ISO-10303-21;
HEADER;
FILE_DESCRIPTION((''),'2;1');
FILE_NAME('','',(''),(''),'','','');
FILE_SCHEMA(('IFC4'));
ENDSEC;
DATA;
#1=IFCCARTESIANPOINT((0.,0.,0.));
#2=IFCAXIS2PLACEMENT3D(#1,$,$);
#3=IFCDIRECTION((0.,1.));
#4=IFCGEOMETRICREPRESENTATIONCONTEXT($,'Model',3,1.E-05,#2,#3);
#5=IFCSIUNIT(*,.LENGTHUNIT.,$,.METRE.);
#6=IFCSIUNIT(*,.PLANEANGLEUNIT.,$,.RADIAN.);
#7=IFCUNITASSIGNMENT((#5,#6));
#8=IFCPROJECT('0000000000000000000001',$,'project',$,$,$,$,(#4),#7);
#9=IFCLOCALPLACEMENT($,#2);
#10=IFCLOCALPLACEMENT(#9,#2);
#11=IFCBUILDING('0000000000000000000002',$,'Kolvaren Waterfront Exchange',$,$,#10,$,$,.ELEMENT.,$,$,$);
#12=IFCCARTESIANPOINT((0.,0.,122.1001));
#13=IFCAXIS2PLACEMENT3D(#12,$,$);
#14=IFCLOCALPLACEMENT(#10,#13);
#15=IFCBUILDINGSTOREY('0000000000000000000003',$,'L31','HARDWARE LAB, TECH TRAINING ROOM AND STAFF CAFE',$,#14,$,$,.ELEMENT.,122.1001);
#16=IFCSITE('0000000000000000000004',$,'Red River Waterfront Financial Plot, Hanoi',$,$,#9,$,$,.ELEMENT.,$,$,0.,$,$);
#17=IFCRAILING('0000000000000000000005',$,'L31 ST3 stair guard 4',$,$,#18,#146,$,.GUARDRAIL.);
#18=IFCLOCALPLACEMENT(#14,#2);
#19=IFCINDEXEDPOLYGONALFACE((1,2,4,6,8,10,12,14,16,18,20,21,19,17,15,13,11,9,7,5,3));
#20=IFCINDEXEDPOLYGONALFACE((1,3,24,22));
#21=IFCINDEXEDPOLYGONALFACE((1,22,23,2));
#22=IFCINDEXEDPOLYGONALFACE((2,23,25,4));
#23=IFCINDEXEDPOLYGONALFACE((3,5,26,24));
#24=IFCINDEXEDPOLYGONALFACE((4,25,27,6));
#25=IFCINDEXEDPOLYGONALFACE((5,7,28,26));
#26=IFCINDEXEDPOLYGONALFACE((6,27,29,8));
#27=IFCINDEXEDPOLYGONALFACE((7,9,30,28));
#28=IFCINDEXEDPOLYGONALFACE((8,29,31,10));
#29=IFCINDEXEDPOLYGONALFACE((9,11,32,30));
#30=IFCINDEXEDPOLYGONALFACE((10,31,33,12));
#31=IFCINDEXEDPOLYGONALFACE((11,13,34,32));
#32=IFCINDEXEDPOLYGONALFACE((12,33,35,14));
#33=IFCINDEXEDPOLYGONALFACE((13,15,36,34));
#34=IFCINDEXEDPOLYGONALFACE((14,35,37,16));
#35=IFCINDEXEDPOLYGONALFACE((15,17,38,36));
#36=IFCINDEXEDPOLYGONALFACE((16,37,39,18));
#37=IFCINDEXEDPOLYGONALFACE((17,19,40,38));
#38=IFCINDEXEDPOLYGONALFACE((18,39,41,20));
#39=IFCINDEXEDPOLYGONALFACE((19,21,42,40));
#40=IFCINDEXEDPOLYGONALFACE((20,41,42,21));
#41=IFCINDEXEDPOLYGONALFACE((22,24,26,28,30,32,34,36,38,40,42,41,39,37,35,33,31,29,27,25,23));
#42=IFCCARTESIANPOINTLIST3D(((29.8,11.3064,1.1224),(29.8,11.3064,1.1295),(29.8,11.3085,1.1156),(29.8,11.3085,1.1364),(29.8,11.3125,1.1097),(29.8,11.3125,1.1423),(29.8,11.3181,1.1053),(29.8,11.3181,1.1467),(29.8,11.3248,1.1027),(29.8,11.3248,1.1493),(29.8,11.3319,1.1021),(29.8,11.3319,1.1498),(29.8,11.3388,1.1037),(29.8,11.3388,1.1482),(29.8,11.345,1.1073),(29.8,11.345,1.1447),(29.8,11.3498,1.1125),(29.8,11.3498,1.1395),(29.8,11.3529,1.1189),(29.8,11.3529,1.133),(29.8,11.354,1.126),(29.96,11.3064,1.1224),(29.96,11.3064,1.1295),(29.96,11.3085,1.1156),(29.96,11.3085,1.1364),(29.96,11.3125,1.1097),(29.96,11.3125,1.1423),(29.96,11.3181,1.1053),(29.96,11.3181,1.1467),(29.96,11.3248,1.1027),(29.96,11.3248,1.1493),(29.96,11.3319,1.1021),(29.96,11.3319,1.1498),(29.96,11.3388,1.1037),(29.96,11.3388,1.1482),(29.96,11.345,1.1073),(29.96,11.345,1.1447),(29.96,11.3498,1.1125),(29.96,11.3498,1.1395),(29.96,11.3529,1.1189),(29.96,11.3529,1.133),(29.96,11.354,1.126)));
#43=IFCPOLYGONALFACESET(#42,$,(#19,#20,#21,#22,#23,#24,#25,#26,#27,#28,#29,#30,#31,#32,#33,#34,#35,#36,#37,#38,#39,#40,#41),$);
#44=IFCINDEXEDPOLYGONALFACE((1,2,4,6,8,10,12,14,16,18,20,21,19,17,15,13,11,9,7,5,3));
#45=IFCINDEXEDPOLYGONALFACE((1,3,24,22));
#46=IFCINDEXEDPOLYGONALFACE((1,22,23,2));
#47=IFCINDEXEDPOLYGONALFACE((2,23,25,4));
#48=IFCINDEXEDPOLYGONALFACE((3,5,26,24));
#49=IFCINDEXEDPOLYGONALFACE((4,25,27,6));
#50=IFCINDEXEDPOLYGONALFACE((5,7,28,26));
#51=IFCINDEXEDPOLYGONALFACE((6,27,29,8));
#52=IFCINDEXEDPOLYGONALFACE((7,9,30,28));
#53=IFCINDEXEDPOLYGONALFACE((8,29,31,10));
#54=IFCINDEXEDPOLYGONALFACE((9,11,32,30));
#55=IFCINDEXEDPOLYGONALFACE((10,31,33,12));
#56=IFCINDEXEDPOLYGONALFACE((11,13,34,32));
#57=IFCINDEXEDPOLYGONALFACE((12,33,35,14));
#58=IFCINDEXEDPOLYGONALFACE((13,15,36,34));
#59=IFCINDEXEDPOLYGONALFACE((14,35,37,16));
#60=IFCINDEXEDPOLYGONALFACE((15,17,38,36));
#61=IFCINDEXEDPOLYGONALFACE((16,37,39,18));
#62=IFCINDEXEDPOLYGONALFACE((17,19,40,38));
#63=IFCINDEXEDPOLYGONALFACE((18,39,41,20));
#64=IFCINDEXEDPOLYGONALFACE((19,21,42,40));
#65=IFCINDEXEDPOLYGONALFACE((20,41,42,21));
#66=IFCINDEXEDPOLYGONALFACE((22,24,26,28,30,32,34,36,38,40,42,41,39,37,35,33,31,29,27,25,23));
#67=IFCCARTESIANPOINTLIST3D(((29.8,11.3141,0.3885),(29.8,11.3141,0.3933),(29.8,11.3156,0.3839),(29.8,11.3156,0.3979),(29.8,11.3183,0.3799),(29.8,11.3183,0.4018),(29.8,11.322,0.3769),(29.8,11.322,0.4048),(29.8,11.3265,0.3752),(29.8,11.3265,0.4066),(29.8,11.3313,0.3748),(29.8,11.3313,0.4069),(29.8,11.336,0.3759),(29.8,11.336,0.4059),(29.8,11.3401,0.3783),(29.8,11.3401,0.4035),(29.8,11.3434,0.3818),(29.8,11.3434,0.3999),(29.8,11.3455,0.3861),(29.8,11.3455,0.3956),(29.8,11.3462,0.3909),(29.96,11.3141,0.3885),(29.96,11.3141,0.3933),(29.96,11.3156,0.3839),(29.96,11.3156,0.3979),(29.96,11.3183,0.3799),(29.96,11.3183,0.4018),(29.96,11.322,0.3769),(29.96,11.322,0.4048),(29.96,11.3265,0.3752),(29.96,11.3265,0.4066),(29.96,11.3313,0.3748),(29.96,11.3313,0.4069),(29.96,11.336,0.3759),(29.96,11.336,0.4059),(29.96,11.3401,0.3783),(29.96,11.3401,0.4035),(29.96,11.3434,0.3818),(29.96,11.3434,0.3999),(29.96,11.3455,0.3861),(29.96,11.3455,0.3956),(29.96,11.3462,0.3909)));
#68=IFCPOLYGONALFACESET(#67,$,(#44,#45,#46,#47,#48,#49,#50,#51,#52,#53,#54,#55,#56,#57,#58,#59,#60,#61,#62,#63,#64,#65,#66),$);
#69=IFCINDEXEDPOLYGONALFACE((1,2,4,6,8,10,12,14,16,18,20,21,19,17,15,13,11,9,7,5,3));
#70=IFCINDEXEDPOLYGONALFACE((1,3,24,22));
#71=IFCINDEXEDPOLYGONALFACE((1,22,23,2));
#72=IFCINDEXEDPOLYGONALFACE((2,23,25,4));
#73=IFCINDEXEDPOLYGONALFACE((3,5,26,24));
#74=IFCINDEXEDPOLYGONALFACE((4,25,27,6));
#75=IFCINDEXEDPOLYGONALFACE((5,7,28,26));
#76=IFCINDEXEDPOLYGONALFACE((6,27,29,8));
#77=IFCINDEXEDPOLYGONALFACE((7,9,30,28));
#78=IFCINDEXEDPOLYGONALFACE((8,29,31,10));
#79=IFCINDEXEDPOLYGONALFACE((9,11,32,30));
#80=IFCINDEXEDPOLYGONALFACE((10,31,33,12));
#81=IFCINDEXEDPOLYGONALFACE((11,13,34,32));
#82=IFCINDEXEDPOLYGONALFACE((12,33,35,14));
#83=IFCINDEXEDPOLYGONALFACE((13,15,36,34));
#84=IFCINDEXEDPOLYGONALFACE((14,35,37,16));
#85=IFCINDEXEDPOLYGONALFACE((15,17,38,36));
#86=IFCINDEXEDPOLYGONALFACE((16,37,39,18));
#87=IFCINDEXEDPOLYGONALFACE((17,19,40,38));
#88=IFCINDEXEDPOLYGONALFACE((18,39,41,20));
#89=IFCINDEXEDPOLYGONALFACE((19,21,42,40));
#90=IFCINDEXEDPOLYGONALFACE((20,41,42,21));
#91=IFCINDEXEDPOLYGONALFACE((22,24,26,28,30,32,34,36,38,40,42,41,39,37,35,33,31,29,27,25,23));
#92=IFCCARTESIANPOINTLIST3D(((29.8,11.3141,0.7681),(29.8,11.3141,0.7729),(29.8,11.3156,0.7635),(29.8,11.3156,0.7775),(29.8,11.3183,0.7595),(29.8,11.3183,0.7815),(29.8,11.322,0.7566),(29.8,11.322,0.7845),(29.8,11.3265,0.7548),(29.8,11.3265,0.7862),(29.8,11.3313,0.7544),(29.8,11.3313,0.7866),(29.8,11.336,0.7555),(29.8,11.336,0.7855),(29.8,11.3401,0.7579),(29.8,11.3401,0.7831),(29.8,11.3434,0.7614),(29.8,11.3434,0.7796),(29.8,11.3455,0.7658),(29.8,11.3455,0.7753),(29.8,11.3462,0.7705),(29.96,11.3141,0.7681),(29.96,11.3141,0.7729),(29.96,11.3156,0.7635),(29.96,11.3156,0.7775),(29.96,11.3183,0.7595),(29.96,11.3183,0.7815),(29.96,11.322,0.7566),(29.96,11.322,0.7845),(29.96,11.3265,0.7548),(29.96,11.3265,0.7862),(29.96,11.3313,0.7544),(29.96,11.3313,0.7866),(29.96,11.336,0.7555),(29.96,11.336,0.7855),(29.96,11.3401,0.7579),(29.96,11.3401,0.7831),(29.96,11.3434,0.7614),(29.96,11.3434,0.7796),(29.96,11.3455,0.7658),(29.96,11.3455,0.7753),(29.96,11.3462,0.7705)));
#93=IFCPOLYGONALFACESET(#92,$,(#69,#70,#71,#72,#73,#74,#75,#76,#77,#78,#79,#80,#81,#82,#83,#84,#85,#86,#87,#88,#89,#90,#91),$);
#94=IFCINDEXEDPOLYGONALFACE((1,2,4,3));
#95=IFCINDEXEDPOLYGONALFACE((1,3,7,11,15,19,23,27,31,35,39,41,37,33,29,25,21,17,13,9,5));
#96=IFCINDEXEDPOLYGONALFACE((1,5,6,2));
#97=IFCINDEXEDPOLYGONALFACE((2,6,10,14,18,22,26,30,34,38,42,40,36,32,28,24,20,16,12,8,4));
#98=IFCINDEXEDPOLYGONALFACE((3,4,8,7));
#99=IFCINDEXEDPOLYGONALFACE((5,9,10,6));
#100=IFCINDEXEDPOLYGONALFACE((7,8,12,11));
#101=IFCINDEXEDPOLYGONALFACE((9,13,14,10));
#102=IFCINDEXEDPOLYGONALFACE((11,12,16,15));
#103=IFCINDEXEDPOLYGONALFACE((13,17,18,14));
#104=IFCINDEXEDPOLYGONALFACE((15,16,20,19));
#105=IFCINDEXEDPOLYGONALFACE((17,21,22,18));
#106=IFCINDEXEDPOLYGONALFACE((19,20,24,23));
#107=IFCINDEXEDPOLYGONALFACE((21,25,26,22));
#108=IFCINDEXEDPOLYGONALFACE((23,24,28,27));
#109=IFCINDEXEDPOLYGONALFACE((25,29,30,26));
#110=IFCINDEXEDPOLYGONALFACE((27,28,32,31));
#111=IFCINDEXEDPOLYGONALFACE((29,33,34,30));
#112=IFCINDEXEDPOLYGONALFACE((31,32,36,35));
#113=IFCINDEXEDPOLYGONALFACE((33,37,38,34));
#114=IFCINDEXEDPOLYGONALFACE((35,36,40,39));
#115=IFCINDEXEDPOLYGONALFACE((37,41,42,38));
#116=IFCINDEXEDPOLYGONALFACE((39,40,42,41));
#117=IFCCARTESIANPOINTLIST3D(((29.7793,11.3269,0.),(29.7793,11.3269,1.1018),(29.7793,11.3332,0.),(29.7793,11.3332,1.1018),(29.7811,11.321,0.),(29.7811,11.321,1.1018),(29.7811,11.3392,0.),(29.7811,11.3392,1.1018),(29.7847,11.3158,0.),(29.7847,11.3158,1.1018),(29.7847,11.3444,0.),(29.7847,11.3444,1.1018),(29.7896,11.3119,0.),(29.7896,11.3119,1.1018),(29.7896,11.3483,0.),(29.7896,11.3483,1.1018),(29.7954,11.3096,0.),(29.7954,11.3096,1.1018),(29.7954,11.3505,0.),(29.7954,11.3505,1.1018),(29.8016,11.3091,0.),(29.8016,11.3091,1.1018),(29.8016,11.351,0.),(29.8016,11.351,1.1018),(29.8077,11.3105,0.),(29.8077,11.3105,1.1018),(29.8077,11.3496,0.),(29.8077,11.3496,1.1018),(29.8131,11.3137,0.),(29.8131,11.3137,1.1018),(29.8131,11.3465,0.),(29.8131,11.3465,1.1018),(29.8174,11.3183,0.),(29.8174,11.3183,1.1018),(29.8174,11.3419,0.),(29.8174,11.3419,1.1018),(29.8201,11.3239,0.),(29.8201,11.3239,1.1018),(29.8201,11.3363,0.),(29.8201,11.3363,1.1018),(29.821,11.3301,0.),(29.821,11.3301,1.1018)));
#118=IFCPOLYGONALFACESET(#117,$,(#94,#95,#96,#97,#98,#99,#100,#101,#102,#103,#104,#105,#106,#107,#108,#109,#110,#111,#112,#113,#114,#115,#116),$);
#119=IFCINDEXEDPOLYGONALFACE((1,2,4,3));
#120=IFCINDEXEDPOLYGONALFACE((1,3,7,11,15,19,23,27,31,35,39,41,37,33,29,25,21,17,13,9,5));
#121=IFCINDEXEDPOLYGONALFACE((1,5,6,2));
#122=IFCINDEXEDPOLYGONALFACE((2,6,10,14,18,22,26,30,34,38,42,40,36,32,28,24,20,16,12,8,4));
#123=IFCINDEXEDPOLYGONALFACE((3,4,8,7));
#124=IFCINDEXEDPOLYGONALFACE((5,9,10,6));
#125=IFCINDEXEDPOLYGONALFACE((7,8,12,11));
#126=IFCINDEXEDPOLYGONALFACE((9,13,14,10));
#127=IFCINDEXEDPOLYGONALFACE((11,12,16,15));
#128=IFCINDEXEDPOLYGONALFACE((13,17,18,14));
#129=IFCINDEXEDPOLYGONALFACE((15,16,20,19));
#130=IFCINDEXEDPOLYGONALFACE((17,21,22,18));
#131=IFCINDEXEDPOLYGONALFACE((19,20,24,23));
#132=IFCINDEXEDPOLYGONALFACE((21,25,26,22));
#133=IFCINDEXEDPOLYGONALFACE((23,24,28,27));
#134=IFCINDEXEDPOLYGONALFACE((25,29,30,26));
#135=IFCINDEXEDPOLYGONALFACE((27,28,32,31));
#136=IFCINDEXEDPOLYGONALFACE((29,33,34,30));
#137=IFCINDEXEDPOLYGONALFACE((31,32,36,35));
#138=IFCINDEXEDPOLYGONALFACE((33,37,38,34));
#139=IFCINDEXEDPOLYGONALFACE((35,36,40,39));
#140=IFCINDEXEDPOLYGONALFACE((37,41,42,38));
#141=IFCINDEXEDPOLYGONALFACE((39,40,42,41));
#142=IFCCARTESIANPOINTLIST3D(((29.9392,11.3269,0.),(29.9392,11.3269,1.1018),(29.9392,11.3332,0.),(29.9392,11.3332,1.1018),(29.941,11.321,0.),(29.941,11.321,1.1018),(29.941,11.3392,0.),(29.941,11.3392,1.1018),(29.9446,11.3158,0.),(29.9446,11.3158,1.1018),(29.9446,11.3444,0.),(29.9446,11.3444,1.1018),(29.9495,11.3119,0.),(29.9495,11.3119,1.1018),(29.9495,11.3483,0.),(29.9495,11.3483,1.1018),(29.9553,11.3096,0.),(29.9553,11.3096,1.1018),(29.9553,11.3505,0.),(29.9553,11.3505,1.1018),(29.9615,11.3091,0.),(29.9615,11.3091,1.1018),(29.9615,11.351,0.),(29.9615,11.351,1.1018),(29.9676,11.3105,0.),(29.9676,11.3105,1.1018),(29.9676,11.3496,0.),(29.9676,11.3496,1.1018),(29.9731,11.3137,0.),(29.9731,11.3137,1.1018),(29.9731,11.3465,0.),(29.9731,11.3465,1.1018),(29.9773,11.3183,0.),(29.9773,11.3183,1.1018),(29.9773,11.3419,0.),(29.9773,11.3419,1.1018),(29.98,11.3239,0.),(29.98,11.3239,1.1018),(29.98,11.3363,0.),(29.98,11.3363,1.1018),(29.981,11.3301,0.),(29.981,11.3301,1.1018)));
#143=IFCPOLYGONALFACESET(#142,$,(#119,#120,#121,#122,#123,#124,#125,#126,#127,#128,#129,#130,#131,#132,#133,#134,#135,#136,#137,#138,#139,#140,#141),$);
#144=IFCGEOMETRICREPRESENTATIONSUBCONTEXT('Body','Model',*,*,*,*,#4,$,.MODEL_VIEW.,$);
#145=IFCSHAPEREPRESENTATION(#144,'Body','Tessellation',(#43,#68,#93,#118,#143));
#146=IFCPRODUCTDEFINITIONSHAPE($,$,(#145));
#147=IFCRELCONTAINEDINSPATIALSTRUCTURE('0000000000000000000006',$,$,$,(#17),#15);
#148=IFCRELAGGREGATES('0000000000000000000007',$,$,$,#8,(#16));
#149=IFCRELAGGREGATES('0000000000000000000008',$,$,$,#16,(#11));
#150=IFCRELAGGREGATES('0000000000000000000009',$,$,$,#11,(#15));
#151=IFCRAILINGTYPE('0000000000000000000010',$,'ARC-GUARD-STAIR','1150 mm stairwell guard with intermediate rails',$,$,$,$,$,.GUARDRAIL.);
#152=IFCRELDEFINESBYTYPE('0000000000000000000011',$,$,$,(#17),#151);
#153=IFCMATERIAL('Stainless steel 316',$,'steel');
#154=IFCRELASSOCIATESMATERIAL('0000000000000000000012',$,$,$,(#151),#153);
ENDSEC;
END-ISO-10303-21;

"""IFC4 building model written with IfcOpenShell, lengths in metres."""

from ifc_helpers import new_model, si_unit, direction, frame, origin, origin_2d, place, context, subcontext, project, spatial, circle, extrude, material, type_object, element, save


model = new_model("IFC4")

# Units and contexts
model_context = context("Model", 3, precision=1e-05, world=origin(), true_north=direction((0.0, 1.0)))
body_context = subcontext(model_context, "Body", "Model", "MODEL_VIEW")
ifc_project = project(units=[si_unit("LENGTHUNIT", "METRE"), si_unit("PLANEANGLEUNIT", "RADIAN")], contexts=[model_context])

# Site, building, storey
site_placement = place(None, origin())
site = spatial("IfcSite", under=ifc_project, at=site_placement, Name="Red River Waterfront Financial Plot, Hanoi", CompositionType="ELEMENT", RefElevation=0.0)
building_placement = place(site_placement, origin())
building = spatial("IfcBuilding", under=site, at=building_placement, Name="Kolvaren Waterfront Exchange", CompositionType="ELEMENT")
storey_placement = place(building_placement, frame((0.0, 0.0, 122.1001)))
storey = spatial("IfcBuildingStorey", under=building, at=storey_placement, Name="L31", Description="HARDWARE LAB, TECH TRAINING ROOM AND STAFF CAFE", CompositionType="ELEMENT", Elevation=122.1001)

# Railing
ifc_material_1 = material(Name="Stainless steel 316", Category="steel")
railing_type_1 = type_object("IfcRailingType", Name="ARC-GUARD-STAIR", Description="1150 mm stairwell guard with intermediate rails", PredefinedType="GUARDRAIL", material=ifc_material_1)
railing_1_placement = place(storey_placement, frame((29.8, 11.3301, 0.0)))
element("IfcRailing", 1, at=railing_1_placement, inside=storey, type_object=railing_type_1, Name="L31 ST3 stair guard 4", PredefinedType="GUARDRAIL", context=body_context, shape_type="SweptSolid", body=[
    extrude(circle(Radius=0.0239, at=origin_2d()), frame((0.0, 0.0, 1.126), z_axis=(1.0, 0.0, 0.0), x_axis=(0.0, 1.0, 0.0)), (0.0, 0.0, 1.0), 0.1599),
    extrude(circle(Radius=0.0161, at=origin_2d()), frame((0.0, 0.0, 0.3909), z_axis=(1.0, 0.0, 0.0), x_axis=(0.0, 1.0, 0.0)), (0.0, 0.0, 1.0), 0.1599),
    extrude(circle(Radius=0.0161, at=origin_2d()), frame((0.0, 0.0, 0.7705), z_axis=(1.0, 0.0, 0.0), x_axis=(0.0, 1.0, 0.0)), (0.0, 0.0, 1.0), 0.1599),
    extrude(circle(Radius=0.021, at=origin_2d()), origin(), (0.0, 0.0, 1.0), 1.1018),
    extrude(circle(Radius=0.021, at=origin_2d()), frame((0.1599, 0.0, 0.0)), (0.0, 0.0, 1.0), 1.1018),
])

save(model, "model.ifc")
